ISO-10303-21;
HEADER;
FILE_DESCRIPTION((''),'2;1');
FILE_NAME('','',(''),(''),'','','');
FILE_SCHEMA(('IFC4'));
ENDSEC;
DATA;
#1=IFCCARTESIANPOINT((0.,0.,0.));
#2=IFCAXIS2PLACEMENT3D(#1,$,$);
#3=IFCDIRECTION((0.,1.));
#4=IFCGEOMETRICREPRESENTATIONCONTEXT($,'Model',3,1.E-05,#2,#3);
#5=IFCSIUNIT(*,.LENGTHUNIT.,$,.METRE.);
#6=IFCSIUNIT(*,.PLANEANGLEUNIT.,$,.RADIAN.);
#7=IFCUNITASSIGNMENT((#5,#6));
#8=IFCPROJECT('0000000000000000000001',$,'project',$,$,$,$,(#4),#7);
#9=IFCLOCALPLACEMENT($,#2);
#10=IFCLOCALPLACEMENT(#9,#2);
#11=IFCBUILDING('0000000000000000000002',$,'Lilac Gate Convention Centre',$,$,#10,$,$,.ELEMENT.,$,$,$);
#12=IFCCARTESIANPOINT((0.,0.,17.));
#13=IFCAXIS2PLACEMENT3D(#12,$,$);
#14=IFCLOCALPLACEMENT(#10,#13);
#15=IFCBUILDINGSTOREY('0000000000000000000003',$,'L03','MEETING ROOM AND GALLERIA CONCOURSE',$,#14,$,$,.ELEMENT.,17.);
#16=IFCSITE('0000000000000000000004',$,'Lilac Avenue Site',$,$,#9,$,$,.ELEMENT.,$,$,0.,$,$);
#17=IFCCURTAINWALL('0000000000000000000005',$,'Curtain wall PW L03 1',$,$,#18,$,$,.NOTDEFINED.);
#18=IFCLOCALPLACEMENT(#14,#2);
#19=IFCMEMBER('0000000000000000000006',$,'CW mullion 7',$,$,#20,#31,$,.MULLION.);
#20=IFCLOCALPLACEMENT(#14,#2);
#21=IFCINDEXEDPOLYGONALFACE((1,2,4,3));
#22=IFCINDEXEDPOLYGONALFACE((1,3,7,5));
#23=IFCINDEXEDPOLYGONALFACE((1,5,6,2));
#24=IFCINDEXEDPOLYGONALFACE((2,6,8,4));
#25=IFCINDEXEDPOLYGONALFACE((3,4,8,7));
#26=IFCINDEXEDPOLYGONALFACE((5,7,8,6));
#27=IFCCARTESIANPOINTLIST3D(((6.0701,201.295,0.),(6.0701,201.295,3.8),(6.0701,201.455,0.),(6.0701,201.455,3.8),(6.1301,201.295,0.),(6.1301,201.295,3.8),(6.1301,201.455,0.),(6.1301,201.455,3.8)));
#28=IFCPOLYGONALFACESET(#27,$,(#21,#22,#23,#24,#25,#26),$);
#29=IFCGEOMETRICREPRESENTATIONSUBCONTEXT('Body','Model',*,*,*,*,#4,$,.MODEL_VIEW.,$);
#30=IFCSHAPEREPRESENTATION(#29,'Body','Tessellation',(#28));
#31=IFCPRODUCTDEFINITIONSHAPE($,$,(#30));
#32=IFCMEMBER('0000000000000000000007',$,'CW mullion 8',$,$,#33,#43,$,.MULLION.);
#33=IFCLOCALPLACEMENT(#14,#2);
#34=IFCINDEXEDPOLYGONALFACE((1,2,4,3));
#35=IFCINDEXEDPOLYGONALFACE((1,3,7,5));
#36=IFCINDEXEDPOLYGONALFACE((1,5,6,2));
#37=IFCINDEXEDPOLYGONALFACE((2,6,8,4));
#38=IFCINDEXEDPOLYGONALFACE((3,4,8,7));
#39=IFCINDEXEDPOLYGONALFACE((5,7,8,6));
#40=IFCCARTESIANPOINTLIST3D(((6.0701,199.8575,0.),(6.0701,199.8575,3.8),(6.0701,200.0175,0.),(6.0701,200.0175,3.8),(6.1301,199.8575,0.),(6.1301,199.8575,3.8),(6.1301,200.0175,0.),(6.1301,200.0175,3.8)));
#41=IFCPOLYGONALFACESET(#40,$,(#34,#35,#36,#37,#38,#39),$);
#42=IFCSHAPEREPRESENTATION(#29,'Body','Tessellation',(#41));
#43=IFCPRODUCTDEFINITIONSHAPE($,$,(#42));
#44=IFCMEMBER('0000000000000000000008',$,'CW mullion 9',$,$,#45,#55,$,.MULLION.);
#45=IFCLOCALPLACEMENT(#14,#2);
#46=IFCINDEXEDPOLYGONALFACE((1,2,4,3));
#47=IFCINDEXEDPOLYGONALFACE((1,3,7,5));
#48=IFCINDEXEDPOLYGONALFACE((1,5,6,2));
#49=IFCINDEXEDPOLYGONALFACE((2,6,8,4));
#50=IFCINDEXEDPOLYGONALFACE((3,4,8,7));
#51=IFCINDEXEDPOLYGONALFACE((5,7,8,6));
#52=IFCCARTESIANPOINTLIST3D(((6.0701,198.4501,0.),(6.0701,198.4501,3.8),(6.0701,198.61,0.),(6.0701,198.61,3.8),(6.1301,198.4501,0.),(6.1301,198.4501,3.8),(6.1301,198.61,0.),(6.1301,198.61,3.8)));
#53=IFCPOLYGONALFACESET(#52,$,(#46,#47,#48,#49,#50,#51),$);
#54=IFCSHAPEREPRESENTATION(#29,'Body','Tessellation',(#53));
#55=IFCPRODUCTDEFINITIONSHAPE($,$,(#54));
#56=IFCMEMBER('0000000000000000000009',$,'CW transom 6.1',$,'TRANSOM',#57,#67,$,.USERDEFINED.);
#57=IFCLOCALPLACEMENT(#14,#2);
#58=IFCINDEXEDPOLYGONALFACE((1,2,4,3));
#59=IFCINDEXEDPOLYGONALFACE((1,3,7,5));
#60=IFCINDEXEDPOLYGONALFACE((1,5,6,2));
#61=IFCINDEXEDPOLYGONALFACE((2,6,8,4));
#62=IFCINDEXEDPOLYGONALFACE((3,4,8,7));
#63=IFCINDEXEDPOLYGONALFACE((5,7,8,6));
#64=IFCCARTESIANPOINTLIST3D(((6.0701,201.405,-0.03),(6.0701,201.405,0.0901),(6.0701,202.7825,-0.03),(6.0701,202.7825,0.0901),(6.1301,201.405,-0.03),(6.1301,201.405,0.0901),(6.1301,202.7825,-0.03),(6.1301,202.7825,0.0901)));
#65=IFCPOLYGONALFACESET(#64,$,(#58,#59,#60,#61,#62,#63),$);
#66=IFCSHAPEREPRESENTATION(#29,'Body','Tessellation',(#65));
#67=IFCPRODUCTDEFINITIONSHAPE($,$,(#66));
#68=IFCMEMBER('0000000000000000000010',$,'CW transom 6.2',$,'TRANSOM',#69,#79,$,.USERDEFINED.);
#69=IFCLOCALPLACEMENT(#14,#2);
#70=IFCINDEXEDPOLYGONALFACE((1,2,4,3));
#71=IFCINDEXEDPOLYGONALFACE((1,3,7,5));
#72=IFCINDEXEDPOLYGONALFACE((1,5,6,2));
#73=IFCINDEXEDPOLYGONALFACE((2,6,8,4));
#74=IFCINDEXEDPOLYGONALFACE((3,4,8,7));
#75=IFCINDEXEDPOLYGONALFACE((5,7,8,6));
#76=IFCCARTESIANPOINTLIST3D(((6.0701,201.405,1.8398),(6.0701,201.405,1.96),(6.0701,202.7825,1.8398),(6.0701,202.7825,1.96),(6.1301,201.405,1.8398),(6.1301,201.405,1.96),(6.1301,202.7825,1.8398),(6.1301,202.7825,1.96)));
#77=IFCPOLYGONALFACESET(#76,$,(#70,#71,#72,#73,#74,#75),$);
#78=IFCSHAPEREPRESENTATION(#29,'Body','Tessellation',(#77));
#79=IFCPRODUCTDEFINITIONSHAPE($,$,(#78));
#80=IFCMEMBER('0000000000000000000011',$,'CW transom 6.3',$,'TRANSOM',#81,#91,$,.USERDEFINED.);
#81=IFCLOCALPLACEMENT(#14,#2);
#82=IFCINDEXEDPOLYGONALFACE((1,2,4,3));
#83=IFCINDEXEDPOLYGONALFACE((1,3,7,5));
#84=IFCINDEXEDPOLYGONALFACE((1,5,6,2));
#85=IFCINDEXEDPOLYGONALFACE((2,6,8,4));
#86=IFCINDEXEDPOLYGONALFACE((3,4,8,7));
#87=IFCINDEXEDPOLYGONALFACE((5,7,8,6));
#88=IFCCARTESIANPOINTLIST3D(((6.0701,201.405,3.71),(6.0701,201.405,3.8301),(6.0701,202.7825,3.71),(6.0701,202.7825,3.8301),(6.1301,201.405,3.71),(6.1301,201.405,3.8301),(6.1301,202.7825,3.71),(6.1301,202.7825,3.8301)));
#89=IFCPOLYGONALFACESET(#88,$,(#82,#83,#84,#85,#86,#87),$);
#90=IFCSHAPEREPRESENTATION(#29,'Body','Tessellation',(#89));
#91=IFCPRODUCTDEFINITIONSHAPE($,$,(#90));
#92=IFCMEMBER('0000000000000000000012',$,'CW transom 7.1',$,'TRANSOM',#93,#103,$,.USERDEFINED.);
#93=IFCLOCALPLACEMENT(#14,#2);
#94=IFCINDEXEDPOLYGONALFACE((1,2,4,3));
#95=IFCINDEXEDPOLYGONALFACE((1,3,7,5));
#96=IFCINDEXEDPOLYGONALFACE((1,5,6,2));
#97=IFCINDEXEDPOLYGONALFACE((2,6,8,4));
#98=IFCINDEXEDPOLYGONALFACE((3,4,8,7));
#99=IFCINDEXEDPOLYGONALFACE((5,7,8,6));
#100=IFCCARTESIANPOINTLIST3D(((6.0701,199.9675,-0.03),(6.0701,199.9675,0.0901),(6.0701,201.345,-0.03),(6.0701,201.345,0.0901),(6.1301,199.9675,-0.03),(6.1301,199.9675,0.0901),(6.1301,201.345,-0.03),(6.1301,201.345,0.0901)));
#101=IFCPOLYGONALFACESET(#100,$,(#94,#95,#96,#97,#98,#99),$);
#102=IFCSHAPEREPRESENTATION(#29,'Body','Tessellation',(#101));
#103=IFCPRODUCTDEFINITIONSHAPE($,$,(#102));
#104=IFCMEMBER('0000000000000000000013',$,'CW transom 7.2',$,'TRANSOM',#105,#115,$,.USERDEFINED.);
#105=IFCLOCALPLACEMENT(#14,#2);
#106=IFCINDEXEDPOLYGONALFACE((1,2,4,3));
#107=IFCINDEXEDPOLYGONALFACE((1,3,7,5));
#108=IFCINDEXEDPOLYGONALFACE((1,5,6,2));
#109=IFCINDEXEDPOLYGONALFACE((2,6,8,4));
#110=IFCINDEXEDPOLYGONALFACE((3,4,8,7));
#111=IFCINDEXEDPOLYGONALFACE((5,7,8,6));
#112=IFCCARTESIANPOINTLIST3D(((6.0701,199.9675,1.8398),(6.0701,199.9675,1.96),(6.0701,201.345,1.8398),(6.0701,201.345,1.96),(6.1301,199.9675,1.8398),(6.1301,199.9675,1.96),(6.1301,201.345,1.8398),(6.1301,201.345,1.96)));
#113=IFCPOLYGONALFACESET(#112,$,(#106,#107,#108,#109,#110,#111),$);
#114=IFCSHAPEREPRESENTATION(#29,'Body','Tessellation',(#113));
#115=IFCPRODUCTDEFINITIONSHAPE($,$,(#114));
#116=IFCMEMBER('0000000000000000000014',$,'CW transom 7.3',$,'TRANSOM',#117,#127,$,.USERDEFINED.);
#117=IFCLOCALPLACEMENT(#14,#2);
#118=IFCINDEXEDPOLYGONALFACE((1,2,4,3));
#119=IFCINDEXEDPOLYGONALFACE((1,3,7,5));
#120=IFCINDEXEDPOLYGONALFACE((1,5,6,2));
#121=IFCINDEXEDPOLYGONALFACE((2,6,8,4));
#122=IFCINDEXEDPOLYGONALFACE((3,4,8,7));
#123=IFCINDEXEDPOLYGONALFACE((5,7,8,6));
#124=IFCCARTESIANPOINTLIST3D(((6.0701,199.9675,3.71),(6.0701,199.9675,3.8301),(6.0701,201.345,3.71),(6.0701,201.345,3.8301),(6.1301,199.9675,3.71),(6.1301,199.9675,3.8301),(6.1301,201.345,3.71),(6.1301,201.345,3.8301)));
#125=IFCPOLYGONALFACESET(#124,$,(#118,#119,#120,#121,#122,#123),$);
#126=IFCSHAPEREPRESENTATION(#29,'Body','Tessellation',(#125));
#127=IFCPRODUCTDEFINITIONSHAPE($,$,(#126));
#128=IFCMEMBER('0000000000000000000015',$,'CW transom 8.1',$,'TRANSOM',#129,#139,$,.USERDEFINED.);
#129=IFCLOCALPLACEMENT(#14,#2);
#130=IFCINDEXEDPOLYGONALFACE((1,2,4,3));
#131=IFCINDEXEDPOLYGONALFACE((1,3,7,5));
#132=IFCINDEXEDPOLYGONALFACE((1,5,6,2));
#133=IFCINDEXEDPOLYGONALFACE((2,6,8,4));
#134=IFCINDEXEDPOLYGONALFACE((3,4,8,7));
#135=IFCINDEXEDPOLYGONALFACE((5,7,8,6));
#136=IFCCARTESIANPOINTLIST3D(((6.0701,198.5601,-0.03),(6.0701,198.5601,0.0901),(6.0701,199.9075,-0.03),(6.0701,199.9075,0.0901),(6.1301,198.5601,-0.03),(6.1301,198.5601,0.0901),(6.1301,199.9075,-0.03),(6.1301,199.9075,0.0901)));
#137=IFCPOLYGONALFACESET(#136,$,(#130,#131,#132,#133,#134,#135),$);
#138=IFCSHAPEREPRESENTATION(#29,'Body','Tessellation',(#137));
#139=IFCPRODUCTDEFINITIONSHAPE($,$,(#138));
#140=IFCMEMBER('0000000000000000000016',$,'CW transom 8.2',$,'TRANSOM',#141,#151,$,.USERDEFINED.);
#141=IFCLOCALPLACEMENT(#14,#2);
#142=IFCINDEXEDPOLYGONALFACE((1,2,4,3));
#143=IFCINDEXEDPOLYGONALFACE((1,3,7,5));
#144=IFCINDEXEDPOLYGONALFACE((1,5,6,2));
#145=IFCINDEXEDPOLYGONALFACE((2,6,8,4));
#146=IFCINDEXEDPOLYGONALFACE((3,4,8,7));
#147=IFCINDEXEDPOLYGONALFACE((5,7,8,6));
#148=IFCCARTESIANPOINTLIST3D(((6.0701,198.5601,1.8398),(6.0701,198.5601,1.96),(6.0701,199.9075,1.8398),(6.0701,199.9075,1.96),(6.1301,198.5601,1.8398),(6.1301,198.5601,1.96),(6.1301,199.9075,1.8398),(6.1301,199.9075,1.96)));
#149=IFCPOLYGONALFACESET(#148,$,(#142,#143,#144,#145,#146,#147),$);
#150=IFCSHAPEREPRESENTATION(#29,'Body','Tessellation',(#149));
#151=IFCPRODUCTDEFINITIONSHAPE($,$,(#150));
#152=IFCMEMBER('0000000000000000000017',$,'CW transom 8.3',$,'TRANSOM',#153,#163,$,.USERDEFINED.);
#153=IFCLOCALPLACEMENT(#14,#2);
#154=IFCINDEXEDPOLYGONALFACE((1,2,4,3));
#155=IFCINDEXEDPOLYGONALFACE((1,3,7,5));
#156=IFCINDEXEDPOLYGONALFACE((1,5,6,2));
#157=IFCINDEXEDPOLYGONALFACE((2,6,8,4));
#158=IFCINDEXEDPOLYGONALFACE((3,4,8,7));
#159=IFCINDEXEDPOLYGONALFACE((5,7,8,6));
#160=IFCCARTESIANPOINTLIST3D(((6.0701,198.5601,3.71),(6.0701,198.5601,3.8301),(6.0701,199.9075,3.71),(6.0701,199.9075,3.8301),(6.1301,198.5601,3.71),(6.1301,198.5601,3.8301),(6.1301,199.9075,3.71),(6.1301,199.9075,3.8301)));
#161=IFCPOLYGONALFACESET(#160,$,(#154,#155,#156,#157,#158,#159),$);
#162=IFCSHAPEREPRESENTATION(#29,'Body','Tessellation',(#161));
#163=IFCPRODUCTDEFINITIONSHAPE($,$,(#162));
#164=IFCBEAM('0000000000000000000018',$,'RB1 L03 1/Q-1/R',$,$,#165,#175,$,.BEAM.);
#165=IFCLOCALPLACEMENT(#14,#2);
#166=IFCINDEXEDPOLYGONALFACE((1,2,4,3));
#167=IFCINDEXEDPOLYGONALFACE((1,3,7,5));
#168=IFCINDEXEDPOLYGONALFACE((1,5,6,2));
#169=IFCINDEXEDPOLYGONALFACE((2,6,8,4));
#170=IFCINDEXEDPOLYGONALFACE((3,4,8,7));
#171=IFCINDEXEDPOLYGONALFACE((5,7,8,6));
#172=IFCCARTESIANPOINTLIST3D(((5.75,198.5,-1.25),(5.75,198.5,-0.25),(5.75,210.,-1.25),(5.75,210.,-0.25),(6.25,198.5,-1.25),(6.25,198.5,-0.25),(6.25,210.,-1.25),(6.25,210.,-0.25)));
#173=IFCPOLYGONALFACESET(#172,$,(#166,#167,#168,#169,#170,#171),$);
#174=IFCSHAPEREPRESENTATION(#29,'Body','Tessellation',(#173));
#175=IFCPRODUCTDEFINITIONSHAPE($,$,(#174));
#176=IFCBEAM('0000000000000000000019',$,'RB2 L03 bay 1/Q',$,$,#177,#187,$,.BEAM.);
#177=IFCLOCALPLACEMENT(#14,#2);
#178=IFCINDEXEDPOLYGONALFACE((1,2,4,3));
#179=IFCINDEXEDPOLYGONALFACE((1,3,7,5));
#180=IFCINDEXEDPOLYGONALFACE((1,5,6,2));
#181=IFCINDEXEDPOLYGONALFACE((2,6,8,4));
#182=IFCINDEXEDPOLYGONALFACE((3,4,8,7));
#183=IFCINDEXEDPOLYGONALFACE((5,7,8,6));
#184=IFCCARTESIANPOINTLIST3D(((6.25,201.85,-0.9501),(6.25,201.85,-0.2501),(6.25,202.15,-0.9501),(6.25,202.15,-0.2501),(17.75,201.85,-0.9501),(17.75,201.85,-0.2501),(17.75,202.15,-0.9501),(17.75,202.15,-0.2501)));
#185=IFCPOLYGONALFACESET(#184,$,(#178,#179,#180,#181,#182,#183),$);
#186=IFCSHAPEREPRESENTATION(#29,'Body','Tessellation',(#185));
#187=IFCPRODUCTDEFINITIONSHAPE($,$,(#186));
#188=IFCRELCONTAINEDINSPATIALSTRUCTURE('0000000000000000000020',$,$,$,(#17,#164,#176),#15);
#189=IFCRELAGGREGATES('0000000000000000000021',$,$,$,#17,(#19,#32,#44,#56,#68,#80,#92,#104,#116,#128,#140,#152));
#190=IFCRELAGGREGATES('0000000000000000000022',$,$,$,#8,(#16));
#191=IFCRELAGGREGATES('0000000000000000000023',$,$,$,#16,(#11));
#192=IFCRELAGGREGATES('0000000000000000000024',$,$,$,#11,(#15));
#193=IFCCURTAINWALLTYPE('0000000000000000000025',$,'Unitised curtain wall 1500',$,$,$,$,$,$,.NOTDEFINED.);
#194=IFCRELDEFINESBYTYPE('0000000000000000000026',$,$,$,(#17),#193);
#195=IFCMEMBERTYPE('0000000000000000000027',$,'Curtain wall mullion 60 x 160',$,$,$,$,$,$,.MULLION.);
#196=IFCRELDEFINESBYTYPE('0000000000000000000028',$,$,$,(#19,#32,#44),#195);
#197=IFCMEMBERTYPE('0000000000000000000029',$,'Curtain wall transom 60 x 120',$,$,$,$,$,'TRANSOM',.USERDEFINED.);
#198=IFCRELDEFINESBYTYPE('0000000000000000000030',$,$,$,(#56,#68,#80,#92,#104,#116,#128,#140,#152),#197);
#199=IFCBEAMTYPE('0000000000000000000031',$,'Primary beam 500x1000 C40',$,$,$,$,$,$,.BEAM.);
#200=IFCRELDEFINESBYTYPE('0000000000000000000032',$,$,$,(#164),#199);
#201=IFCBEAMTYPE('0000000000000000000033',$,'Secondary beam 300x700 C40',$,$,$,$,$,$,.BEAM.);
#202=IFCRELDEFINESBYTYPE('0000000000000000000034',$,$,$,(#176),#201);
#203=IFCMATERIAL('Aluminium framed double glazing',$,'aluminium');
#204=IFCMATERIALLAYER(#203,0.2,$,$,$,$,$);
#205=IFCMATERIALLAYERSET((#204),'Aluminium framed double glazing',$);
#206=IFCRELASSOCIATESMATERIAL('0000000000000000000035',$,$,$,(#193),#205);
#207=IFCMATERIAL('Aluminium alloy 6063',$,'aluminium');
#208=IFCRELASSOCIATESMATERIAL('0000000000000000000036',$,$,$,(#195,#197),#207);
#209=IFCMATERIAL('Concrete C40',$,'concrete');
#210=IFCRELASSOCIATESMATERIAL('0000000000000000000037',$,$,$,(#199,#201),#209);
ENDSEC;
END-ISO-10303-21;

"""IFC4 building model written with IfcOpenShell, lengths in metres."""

from ifc_helpers import new_model, si_unit, direction, frame, origin, origin_2d, place, context, subcontext, project, spatial, rectangle, extrude, material, layer, layer_set, material_profile, profile_set, type_object, element, aggregate, save


model = new_model("IFC4")

# Units and contexts
model_context = context("Model", 3, precision=1e-05, world=origin(), true_north=direction((0.0, 1.0)))
body_context = subcontext(model_context, "Body", "Model", "MODEL_VIEW")
ifc_project = project(units=[si_unit("LENGTHUNIT", "METRE"), si_unit("PLANEANGLEUNIT", "RADIAN")], contexts=[model_context])

# Site, building, storey
site_placement = place(None, origin())
site = spatial("IfcSite", under=ifc_project, at=site_placement, Name="Lilac Avenue Site", CompositionType="ELEMENT", RefElevation=0.0)
building_placement = place(site_placement, origin())
building = spatial("IfcBuilding", under=site, at=building_placement, Name="Lilac Gate Convention Centre", CompositionType="ELEMENT")
storey_placement = place(building_placement, frame((0.0, 0.0, 17.0)))
storey = spatial("IfcBuildingStorey", under=building, at=storey_placement, Name="L03", Description="MEETING ROOM AND GALLERIA CONCOURSE", CompositionType="ELEMENT", Elevation=17.0)

# Curtain wall, members
ifc_material_1 = material(Name="Aluminium framed double glazing", Category="aluminium")
ifc_layer_1 = layer(ifc_material_1, 0.2)
ifc_layer_set_1 = layer_set([ifc_layer_1], Name="Aluminium framed double glazing")
curtain_wall_type = type_object("IfcCurtainWallType", Name="Unitised curtain wall 1500", PredefinedType="NOTDEFINED", material=ifc_layer_set_1)
curtain_wall_placement = place(storey_placement, origin())
curtain_wall = element("IfcCurtainWall", 1, at=curtain_wall_placement, inside=storey, type_object=curtain_wall_type, Name="Curtain wall PW L03 1", PredefinedType="NOTDEFINED")
ifc_material_2 = material(Name="Aluminium alloy 6063", Category="aluminium")
ifc_material_profile_1 = material_profile(ifc_material_2, rectangle(XDim=0.0601, YDim=0.1599, at=origin_2d()), Name="Curtain wall mullion 60 x 160")
ifc_profile_set_1 = profile_set([ifc_material_profile_1], Name="Aluminium alloy 6063")
member_type_1 = type_object("IfcMemberType", Name="Curtain wall mullion 60 x 160", PredefinedType="MULLION", material=ifc_profile_set_1)
member_1_placement = place(storey_placement, frame((6.1001, 201.375, 0.0), z_axis=(0.0, 0.0, 1.0), x_axis=(1.0, 0.0, 0.0)))
member_1 = element("IfcMember", 2, at=member_1_placement, type_object=member_type_1, Name="CW mullion 7", PredefinedType="MULLION", context=body_context, shape_type="SweptSolid", body=[
    extrude(rectangle(XDim=0.0601, YDim=0.1599, at=origin_2d()), origin(), (0.0, 0.0, 1.0), 3.8),
])
member_2_placement = place(storey_placement, frame((6.1001, 199.9375, 0.0), z_axis=(0.0, 0.0, 1.0), x_axis=(1.0, 0.0, 0.0)))
member_2 = element("IfcMember", 3, at=member_2_placement, type_object=member_type_1, Name="CW mullion 8", PredefinedType="MULLION", context=body_context, shape_type="SweptSolid", body=[
    extrude(rectangle(XDim=0.0601, YDim=0.1599, at=origin_2d()), origin(), (0.0, 0.0, 1.0), 3.8),
])
member_3_placement = place(storey_placement, frame((6.1001, 198.53, 0.0), z_axis=(0.0, 0.0, 1.0), x_axis=(1.0, 0.0, 0.0)))
member_3 = element("IfcMember", 4, at=member_3_placement, type_object=member_type_1, Name="CW mullion 9", PredefinedType="MULLION", context=body_context, shape_type="SweptSolid", body=[
    extrude(rectangle(XDim=0.0601, YDim=0.1599, at=origin_2d()), origin(), (0.0, 0.0, 1.0), 3.8),
])
ifc_material_profile_2 = material_profile(ifc_material_2, rectangle(XDim=0.0601, YDim=0.1201, at=origin_2d()), Name="Curtain wall transom 60 x 120")
ifc_profile_set_2 = profile_set([ifc_material_profile_2], Name="Aluminium alloy 6063")
member_type_2 = type_object("IfcMemberType", Name="Curtain wall transom 60 x 120", ElementType="TRANSOM", PredefinedType="USERDEFINED", material=ifc_profile_set_2)
member_4_placement = place(storey_placement, frame((6.1001, 202.7825, 0.03), z_axis=(0.0, -1.0, 0.0), x_axis=(1.0, 0.0, 0.0)))
member_4 = element("IfcMember", 5, at=member_4_placement, type_object=member_type_2, Name="CW transom 6.1", ObjectType="TRANSOM", PredefinedType="USERDEFINED", context=body_context, shape_type="SweptSolid", body=[
    extrude(rectangle(XDim=0.0601, YDim=0.1201, at=origin_2d()), origin(), (0.0, 0.0, 1.0), 1.3774),
])
member_5_placement = place(storey_placement, frame((6.1001, 202.7825, 1.8999), z_axis=(0.0, -1.0, 0.0), x_axis=(1.0, 0.0, 0.0)))
member_5 = element("IfcMember", 6, at=member_5_placement, type_object=member_type_2, Name="CW transom 6.2", ObjectType="TRANSOM", PredefinedType="USERDEFINED", context=body_context, shape_type="SweptSolid", body=[
    extrude(rectangle(XDim=0.0601, YDim=0.1201, at=origin_2d()), origin(), (0.0, 0.0, 1.0), 1.3774),
])
member_6_placement = place(storey_placement, frame((6.1001, 202.7825, 3.77), z_axis=(0.0, -1.0, 0.0), x_axis=(1.0, 0.0, 0.0)))
member_6 = element("IfcMember", 7, at=member_6_placement, type_object=member_type_2, Name="CW transom 6.3", ObjectType="TRANSOM", PredefinedType="USERDEFINED", context=body_context, shape_type="SweptSolid", body=[
    extrude(rectangle(XDim=0.0601, YDim=0.1201, at=origin_2d()), origin(), (0.0, 0.0, 1.0), 1.3774),
])
member_7_placement = place(storey_placement, frame((6.1001, 201.345, 0.03), z_axis=(0.0, -1.0, 0.0), x_axis=(1.0, 0.0, 0.0)))
member_7 = element("IfcMember", 8, at=member_7_placement, type_object=member_type_2, Name="CW transom 7.1", ObjectType="TRANSOM", PredefinedType="USERDEFINED", context=body_context, shape_type="SweptSolid", body=[
    extrude(rectangle(XDim=0.0601, YDim=0.1201, at=origin_2d()), origin(), (0.0, 0.0, 1.0), 1.3774),
])
member_8_placement = place(storey_placement, frame((6.1001, 201.345, 1.8999), z_axis=(0.0, -1.0, 0.0), x_axis=(1.0, 0.0, 0.0)))
member_8 = element("IfcMember", 9, at=member_8_placement, type_object=member_type_2, Name="CW transom 7.2", ObjectType="TRANSOM", PredefinedType="USERDEFINED", context=body_context, shape_type="SweptSolid", body=[
    extrude(rectangle(XDim=0.0601, YDim=0.1201, at=origin_2d()), origin(), (0.0, 0.0, 1.0), 1.3774),
])
member_9_placement = place(storey_placement, frame((6.1001, 201.345, 3.77), z_axis=(0.0, -1.0, 0.0), x_axis=(1.0, 0.0, 0.0)))
member_9 = element("IfcMember", 10, at=member_9_placement, type_object=member_type_2, Name="CW transom 7.3", ObjectType="TRANSOM", PredefinedType="USERDEFINED", context=body_context, shape_type="SweptSolid", body=[
    extrude(rectangle(XDim=0.0601, YDim=0.1201, at=origin_2d()), origin(), (0.0, 0.0, 1.0), 1.3774),
])
member_10_placement = place(storey_placement, frame((6.1001, 199.9075, 0.03), z_axis=(0.0, -1.0, 0.0), x_axis=(1.0, 0.0, 0.0)))
member_10 = element("IfcMember", 11, at=member_10_placement, type_object=member_type_2, Name="CW transom 8.1", ObjectType="TRANSOM", PredefinedType="USERDEFINED", context=body_context, shape_type="SweptSolid", body=[
    extrude(rectangle(XDim=0.0601, YDim=0.1201, at=origin_2d()), origin(), (0.0, 0.0, 1.0), 1.3474),
])
member_11_placement = place(storey_placement, frame((6.1001, 199.9075, 1.8999), z_axis=(0.0, -1.0, 0.0), x_axis=(1.0, 0.0, 0.0)))
member_11 = element("IfcMember", 12, at=member_11_placement, type_object=member_type_2, Name="CW transom 8.2", ObjectType="TRANSOM", PredefinedType="USERDEFINED", context=body_context, shape_type="SweptSolid", body=[
    extrude(rectangle(XDim=0.0601, YDim=0.1201, at=origin_2d()), origin(), (0.0, 0.0, 1.0), 1.3474),
])
member_12_placement = place(storey_placement, frame((6.1001, 199.9075, 3.77), z_axis=(0.0, -1.0, 0.0), x_axis=(1.0, 0.0, 0.0)))
member_12 = element("IfcMember", 13, at=member_12_placement, type_object=member_type_2, Name="CW transom 8.3", ObjectType="TRANSOM", PredefinedType="USERDEFINED", context=body_context, shape_type="SweptSolid", body=[
    extrude(rectangle(XDim=0.0601, YDim=0.1201, at=origin_2d()), origin(), (0.0, 0.0, 1.0), 1.3474),
])

# Beams
ifc_material_3 = material(Name="Concrete C40", Category="concrete")
ifc_material_profile_3 = material_profile(ifc_material_3, rectangle(XDim=0.5, YDim=1.0, at=origin_2d()), Name="RC 500x1000")
ifc_profile_set_3 = profile_set([ifc_material_profile_3], Name="Concrete C40")
beam_type_1 = type_object("IfcBeamType", Name="Primary beam 500x1000 C40", PredefinedType="BEAM", material=ifc_profile_set_3)
beam_1_placement = place(storey_placement, frame((6.0, 198.5, -0.75), z_axis=(0.0, 1.0, 0.0), x_axis=(-1.0, 0.0, 0.0)))
element("IfcBeam", 14, at=beam_1_placement, inside=storey, type_object=beam_type_1, Name="RB1 L03 1/Q-1/R", PredefinedType="BEAM", context=body_context, shape_type="SweptSolid", body=[
    extrude(rectangle(XDim=0.5, YDim=1.0, at=origin_2d()), origin(), (0.0, 0.0, 1.0), 11.5),
])
ifc_material_profile_4 = material_profile(ifc_material_3, rectangle(XDim=0.3, YDim=0.7, at=origin_2d()), Name="RC 300x700")
ifc_profile_set_4 = profile_set([ifc_material_profile_4], Name="Concrete C40")
beam_type_2 = type_object("IfcBeamType", Name="Secondary beam 300x700 C40", PredefinedType="BEAM", material=ifc_profile_set_4)
beam_2_placement = place(storey_placement, frame((6.25, 202.0, -0.6001), z_axis=(1.0, 0.0, 0.0), x_axis=(0.0, 1.0, 0.0)))
element("IfcBeam", 15, at=beam_2_placement, inside=storey, type_object=beam_type_2, Name="RB2 L03 bay 1/Q", PredefinedType="BEAM", context=body_context, shape_type="SweptSolid", body=[
    extrude(rectangle(XDim=0.3, YDim=0.7, at=origin_2d()), origin(), (0.0, 0.0, 1.0), 11.5),
])

aggregate(curtain_wall, [member_1, member_2, member_3, member_4, member_5, member_6, member_7, member_8, member_9, member_10, member_11, member_12])

save(model, "model.ifc")
